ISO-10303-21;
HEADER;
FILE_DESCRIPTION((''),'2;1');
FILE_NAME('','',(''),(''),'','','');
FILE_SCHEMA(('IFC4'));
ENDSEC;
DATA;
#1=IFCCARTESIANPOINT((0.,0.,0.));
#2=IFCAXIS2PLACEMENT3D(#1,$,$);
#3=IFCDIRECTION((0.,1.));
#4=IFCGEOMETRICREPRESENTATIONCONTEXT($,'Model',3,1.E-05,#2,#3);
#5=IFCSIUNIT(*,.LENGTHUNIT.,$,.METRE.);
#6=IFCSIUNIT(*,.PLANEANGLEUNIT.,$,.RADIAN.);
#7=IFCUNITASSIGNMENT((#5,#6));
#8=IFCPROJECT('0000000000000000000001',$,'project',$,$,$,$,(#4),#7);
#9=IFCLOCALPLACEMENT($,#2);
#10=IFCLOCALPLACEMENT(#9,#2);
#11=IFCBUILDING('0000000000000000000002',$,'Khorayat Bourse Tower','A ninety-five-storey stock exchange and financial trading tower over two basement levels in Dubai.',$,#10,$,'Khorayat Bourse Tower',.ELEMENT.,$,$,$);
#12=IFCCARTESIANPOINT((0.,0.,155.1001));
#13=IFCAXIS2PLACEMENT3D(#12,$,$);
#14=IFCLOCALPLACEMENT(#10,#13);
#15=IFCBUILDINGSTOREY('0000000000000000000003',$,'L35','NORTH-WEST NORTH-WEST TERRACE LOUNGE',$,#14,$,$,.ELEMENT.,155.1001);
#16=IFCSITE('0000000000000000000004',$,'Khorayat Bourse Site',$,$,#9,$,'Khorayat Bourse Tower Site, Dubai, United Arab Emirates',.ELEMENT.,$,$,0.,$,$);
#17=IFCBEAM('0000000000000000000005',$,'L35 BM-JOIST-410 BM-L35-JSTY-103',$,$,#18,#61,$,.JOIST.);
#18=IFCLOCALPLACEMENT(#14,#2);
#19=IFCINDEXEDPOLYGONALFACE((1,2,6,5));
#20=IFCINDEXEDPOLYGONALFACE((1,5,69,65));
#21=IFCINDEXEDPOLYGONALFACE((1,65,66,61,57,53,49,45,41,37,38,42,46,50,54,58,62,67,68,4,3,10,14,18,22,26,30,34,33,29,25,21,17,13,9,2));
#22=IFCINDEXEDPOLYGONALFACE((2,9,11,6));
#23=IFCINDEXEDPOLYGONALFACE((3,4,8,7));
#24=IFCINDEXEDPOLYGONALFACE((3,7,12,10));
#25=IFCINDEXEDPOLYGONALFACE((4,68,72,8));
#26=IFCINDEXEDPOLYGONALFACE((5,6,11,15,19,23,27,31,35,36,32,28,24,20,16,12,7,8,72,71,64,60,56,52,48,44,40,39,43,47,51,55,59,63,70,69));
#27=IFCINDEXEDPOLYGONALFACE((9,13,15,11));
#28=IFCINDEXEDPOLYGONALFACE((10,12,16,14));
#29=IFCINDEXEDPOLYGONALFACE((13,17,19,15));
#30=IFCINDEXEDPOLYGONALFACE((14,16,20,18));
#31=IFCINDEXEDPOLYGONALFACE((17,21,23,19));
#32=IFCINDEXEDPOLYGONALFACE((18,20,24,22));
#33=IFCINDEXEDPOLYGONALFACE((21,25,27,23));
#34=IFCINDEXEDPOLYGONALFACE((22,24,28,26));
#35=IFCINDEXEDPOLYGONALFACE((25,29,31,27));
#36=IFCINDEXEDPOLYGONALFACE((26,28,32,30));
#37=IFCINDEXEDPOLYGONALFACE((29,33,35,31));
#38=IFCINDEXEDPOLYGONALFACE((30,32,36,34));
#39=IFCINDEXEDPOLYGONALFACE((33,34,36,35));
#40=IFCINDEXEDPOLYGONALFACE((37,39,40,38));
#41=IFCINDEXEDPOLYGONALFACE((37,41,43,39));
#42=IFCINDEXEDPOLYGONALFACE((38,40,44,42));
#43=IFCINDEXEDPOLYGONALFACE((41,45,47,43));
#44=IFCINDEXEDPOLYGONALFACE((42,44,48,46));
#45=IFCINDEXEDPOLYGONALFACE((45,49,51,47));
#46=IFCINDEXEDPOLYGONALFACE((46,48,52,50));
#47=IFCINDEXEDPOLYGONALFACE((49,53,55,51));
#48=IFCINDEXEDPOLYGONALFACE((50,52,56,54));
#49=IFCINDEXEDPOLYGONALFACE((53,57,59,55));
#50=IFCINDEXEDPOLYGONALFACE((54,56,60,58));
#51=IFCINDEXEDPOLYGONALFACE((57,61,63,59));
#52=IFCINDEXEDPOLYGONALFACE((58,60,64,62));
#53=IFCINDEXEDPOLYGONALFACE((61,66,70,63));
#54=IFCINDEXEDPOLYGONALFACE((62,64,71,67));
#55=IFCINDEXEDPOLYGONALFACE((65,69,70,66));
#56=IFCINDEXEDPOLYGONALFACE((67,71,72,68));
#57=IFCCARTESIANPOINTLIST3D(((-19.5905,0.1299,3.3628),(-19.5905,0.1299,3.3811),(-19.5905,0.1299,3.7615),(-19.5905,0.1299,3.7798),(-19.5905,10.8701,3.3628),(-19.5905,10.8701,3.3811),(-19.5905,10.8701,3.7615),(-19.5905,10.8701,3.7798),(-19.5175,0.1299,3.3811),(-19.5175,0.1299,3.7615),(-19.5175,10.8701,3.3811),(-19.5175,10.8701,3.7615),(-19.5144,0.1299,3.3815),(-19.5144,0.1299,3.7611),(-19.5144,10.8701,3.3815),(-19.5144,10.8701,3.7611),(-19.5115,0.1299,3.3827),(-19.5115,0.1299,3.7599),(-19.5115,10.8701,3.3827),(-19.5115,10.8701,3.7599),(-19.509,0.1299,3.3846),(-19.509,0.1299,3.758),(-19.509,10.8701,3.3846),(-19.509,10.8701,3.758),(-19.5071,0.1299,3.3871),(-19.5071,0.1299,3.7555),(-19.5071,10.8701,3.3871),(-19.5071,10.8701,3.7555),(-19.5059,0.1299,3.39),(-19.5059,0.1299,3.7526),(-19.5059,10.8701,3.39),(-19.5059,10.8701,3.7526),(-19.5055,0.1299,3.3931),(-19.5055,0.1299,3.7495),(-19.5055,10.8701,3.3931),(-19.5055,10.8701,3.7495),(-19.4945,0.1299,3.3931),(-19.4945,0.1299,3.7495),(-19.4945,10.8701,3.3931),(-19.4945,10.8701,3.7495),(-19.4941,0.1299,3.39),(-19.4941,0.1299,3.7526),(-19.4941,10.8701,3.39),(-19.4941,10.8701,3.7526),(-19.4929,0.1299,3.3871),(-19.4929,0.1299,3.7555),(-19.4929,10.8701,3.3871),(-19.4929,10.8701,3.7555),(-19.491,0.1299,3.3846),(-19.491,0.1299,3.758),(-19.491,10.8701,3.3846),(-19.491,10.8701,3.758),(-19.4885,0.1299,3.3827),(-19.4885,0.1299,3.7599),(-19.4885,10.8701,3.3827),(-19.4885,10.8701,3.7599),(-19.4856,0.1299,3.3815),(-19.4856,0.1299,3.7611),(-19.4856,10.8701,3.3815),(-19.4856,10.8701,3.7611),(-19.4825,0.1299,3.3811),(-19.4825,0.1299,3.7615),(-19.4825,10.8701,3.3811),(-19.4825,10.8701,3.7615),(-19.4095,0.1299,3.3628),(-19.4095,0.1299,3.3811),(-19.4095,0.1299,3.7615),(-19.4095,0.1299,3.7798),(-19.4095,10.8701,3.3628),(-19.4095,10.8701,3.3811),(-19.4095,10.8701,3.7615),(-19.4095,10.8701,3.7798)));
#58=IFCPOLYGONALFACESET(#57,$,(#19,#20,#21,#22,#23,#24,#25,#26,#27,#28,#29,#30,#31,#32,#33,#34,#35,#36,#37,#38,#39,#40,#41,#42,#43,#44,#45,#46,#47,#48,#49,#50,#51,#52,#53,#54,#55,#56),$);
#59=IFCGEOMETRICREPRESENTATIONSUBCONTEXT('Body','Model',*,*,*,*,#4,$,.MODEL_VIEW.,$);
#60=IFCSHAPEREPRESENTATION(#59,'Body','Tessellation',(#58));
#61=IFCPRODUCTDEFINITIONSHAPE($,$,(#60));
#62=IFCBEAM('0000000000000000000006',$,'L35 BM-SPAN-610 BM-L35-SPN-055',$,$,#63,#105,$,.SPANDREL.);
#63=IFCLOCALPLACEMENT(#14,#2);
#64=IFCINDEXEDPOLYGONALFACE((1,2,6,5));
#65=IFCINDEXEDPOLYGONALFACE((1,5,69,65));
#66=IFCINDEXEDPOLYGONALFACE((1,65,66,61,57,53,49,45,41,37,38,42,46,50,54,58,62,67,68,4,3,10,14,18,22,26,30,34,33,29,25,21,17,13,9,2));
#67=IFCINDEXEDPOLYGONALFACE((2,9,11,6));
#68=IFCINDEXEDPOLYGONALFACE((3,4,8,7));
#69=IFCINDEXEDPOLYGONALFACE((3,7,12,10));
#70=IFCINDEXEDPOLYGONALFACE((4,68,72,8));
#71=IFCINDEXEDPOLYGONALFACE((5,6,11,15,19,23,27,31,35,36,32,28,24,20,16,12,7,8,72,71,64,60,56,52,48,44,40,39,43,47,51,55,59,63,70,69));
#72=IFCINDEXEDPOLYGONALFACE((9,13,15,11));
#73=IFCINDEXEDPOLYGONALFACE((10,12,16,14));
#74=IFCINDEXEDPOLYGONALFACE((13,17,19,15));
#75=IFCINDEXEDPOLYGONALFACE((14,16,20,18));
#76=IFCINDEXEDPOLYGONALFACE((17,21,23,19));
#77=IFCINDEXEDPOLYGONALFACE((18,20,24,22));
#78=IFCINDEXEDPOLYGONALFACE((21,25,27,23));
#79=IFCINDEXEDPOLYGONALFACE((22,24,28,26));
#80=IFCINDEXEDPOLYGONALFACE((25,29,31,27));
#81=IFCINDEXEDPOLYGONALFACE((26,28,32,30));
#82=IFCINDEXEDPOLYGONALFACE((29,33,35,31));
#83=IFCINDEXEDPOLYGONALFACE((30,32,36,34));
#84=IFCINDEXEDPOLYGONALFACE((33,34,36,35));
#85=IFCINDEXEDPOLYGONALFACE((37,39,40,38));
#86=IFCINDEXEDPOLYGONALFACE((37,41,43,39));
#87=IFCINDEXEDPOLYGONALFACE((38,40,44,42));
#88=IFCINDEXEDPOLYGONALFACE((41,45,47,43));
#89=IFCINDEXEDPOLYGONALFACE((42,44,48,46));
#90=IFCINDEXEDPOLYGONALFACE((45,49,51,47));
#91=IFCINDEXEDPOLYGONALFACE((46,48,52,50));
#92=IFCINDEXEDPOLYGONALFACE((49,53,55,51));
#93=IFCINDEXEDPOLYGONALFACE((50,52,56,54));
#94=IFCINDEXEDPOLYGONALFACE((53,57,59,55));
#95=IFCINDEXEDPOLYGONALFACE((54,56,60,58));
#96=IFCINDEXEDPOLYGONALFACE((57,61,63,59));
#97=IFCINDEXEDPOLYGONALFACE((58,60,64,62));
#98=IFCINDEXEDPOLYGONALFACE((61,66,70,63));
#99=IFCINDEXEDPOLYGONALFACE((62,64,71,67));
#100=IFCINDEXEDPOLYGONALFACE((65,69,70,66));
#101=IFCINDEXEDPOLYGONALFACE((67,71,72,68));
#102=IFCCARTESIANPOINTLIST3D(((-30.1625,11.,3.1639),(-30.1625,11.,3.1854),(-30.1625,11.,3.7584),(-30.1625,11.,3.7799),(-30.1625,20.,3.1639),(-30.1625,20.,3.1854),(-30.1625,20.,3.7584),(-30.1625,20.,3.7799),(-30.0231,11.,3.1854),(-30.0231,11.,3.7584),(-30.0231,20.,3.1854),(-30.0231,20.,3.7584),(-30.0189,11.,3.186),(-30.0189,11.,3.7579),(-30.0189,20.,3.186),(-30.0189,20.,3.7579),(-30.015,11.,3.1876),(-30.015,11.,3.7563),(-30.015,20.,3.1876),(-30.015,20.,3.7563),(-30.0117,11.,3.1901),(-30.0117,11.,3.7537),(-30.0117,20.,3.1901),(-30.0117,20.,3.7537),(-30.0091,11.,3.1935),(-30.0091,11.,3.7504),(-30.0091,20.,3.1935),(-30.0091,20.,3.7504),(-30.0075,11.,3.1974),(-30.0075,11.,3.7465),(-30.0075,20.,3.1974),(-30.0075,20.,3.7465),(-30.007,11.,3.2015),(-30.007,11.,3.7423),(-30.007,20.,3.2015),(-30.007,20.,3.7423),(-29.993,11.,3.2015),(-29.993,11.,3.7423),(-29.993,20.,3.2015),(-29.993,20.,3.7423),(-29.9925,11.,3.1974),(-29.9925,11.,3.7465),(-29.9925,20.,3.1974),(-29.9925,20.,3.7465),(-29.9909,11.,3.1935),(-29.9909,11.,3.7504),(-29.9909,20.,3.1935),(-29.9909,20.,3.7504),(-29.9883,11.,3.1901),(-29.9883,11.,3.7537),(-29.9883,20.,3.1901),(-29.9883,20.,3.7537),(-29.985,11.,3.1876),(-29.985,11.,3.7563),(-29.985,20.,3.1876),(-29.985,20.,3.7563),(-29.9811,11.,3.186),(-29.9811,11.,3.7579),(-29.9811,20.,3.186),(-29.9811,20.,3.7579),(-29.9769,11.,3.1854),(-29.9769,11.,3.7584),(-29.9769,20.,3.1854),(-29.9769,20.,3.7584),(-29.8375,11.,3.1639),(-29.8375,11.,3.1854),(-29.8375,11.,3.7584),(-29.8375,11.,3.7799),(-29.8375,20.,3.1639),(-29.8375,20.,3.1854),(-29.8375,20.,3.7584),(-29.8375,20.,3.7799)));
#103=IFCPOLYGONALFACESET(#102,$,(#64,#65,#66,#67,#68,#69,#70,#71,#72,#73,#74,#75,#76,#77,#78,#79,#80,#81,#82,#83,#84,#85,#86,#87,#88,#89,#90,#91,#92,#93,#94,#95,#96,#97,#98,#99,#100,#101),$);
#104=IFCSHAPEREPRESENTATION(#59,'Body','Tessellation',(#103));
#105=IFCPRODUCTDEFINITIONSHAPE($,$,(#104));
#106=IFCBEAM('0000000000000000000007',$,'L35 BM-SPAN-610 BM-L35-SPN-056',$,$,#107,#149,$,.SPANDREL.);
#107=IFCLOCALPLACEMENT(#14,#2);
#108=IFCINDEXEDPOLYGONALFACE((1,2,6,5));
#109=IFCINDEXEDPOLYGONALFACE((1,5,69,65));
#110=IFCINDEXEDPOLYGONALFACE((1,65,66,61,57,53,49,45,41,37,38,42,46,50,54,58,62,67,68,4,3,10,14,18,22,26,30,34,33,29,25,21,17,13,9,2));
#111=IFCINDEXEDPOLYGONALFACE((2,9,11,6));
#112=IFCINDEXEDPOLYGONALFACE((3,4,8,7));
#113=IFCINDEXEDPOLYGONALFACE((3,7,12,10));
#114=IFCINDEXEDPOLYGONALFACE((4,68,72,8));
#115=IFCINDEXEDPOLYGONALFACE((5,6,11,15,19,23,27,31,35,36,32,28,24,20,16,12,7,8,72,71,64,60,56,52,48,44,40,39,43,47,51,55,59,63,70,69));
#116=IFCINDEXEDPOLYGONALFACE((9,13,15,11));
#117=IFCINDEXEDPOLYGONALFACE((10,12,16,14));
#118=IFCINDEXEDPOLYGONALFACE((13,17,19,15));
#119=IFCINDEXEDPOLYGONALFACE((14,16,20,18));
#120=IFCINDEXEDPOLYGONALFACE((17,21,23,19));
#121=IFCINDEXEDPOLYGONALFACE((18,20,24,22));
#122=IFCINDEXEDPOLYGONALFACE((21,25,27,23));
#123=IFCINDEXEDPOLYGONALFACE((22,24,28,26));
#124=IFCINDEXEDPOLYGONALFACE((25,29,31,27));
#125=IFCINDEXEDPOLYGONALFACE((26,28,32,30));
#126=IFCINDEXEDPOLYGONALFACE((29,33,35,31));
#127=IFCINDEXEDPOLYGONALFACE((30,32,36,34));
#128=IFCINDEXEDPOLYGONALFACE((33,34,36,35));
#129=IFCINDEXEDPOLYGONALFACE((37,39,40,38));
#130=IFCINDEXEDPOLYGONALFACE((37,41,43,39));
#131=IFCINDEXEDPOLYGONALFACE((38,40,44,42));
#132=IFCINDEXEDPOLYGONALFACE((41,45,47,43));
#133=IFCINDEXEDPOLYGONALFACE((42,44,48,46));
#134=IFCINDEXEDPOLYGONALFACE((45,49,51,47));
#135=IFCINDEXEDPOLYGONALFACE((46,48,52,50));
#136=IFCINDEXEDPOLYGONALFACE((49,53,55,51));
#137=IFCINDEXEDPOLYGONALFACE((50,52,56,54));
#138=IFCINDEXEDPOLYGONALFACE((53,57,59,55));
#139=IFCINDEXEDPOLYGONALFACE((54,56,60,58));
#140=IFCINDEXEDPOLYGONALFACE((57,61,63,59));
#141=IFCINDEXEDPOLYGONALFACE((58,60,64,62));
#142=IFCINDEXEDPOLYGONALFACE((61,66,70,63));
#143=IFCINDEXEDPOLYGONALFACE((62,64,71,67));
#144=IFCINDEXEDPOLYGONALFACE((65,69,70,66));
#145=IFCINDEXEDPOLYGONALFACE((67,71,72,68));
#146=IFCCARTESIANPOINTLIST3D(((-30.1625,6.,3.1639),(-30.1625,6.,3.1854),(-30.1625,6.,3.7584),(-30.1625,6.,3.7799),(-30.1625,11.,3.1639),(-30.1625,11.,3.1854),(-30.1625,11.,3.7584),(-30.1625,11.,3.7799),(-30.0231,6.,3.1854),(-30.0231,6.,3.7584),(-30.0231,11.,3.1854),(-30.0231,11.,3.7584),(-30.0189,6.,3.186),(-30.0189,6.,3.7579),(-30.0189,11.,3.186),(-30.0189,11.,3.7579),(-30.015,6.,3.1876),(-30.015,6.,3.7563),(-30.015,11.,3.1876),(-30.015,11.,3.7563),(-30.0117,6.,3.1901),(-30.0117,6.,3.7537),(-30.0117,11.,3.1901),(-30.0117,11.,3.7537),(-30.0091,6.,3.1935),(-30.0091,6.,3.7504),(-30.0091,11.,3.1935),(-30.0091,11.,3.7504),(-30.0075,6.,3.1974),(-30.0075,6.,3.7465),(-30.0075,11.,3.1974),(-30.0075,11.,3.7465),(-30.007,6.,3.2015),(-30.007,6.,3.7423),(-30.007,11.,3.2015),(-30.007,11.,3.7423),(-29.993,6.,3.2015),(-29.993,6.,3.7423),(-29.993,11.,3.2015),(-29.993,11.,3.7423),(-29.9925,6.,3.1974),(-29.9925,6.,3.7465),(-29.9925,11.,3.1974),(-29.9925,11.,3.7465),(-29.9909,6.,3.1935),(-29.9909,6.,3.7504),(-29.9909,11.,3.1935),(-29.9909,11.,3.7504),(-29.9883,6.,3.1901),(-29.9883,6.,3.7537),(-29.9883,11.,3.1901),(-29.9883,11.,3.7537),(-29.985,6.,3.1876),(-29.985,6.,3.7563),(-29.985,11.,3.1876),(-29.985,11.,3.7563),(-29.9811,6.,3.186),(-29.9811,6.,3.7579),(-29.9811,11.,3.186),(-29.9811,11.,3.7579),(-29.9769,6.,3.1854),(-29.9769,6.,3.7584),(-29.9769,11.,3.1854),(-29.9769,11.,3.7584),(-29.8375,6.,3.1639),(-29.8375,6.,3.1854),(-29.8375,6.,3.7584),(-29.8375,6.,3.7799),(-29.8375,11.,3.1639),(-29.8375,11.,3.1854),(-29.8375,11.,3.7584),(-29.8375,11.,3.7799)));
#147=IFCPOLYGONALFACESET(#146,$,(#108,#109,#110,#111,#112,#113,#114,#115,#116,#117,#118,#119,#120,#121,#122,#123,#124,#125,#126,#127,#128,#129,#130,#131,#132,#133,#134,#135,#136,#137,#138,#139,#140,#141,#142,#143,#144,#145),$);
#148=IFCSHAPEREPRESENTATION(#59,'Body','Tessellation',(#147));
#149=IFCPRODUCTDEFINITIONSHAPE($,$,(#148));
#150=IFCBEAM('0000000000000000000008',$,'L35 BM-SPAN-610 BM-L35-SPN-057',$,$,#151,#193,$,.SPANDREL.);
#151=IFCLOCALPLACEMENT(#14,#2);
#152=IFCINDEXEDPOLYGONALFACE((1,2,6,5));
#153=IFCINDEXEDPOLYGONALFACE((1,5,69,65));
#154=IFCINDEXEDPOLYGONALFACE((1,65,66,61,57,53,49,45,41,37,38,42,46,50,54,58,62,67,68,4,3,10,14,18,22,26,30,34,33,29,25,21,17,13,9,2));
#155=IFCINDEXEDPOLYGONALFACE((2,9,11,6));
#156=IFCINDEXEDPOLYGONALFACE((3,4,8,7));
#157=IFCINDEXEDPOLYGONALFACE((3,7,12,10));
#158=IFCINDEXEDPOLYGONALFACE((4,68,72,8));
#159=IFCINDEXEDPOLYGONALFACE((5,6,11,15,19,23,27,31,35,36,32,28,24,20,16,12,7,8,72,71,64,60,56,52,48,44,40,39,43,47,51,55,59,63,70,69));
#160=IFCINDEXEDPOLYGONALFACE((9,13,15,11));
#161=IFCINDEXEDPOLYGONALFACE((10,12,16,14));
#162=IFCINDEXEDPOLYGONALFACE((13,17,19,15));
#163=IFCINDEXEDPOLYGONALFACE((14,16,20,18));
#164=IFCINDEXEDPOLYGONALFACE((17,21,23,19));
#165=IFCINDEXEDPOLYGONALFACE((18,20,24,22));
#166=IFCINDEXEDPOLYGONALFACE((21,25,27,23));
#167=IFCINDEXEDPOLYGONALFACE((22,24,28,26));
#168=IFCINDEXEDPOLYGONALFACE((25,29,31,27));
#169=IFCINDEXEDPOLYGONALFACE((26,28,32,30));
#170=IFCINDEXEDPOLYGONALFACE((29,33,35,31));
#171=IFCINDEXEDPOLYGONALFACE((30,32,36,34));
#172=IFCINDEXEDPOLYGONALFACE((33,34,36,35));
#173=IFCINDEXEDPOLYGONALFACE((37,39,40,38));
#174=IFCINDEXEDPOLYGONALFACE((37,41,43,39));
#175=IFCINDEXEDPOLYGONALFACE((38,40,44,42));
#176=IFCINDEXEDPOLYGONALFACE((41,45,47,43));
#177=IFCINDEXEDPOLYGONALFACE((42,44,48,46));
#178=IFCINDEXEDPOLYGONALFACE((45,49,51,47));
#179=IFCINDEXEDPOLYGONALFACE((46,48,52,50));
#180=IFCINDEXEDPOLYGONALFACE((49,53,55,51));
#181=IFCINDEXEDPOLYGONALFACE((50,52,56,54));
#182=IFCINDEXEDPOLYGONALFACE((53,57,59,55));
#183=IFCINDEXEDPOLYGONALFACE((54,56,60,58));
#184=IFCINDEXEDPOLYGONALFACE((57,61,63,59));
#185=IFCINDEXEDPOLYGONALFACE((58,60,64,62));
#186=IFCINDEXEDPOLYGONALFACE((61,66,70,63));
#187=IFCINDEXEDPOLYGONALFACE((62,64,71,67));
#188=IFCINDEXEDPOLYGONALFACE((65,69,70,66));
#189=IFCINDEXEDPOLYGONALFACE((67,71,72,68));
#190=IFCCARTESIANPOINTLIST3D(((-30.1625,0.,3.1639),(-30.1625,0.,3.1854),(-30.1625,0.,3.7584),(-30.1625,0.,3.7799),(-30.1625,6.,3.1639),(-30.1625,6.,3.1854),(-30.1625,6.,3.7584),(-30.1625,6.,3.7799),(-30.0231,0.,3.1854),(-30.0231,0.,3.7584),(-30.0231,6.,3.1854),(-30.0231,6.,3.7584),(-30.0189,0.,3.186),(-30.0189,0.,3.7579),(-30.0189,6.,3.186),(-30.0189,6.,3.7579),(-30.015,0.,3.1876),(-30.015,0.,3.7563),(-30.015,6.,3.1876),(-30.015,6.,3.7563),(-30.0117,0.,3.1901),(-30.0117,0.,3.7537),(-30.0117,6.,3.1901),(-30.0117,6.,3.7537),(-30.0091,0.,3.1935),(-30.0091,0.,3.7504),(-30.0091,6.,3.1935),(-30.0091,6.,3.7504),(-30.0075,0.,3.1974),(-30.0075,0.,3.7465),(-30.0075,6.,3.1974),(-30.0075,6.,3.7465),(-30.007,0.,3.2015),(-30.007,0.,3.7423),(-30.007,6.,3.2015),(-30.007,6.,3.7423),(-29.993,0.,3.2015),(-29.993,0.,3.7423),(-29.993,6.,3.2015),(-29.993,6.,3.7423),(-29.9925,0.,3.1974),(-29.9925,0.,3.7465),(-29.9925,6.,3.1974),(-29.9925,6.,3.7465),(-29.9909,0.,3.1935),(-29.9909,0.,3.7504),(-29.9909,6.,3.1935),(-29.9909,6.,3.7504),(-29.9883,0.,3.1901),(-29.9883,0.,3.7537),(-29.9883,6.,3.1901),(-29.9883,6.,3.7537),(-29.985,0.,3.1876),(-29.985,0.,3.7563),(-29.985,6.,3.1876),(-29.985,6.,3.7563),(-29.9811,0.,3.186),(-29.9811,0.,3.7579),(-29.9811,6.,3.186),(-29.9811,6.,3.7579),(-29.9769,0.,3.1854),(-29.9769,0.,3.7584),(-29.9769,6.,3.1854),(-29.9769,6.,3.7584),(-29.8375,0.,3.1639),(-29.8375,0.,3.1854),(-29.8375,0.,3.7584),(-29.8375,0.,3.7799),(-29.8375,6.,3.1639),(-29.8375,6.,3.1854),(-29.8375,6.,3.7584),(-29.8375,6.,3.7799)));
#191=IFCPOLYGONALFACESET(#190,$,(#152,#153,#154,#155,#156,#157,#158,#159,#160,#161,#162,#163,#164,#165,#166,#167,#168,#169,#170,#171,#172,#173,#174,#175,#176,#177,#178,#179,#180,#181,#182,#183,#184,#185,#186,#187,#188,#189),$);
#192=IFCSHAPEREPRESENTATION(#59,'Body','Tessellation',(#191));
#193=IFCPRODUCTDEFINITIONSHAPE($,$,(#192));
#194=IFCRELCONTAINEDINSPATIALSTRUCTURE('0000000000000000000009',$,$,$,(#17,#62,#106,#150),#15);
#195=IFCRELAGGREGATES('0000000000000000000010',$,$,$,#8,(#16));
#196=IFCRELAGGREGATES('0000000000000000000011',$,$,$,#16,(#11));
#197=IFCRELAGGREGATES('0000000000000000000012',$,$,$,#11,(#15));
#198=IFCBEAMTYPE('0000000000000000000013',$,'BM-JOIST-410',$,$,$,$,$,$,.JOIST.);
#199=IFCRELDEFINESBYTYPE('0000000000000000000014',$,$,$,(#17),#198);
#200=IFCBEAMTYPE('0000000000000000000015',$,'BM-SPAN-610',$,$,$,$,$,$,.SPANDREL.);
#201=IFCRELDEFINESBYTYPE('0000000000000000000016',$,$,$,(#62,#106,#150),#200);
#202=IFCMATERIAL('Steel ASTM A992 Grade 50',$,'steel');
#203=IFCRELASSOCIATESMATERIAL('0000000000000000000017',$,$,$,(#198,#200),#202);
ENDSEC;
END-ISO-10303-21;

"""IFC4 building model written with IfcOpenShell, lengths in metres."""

from ifc_helpers import new_model, si_unit, direction, frame, origin, origin_2d, place, context, subcontext, project, spatial, i_section, extrude, source, transform, mapped, material, material_profile, profile_set, type_object, element, save


model = new_model("IFC4")

# Units and contexts
model_context = context("Model", 3, precision=1e-05, world=origin(), true_north=direction((0.0, 1.0)))
body_context = subcontext(model_context, "Body", "Model", "MODEL_VIEW")
ifc_project = project(units=[si_unit("LENGTHUNIT", "METRE"), si_unit("PLANEANGLEUNIT", "RADIAN")], contexts=[model_context])

# Site, building, storey
site_placement = place(None, origin())
site = spatial("IfcSite", under=ifc_project, at=site_placement, Name="Khorayat Bourse Site", LongName="Khorayat Bourse Tower Site, Dubai, United Arab Emirates", CompositionType="ELEMENT", RefElevation=0.0)
building_placement = place(site_placement, origin())
building = spatial("IfcBuilding", under=site, at=building_placement, Name="Khorayat Bourse Tower", Description="A ninety-five-storey stock exchange and financial trading tower over two basement levels in Dubai.", LongName="Khorayat Bourse Tower", CompositionType="ELEMENT")
storey_placement = place(building_placement, frame((0.0, 0.0, 155.1001)))
storey = spatial("IfcBuildingStorey", under=building, at=storey_placement, Name="L35", Description="NORTH-WEST NORTH-WEST TERRACE LOUNGE", CompositionType="ELEMENT", Elevation=155.1001)

# Beams
ifc_material_1 = material(Name="Steel ASTM A992 Grade 50", Category="steel")
ifc_material_profile_1 = material_profile(ifc_material_1, i_section(OverallWidth=0.1809, OverallDepth=0.417, WebThickness=0.011, FlangeThickness=0.0183, FilletRadius=0.012, at=origin_2d()), Name="W410X85")
ifc_profile_set_1 = profile_set([ifc_material_profile_1], Name="Steel ASTM A992 Grade 50")
beam_type_1 = type_object("IfcBeamType", Name="BM-JOIST-410", PredefinedType="JOIST", material=ifc_profile_set_1)
shared_shape_1 = source(origin(), body_context, "Body", "SweptSolid", [
    extrude(i_section(OverallWidth=0.1809, OverallDepth=0.417, WebThickness=0.011, FlangeThickness=0.0183, FilletRadius=0.012, at=origin_2d()), origin(), (0.0, 0.0, 1.0), 10.7402),
])
beam_1_placement = place(storey_placement, frame((-19.5, 0.1299, 3.5713), z_axis=(0.0, 1.0, 0.0), x_axis=(-1.0, 0.0, 0.0)))
element("IfcBeam", 1, at=beam_1_placement, inside=storey, type_object=beam_type_1, Name="L35 BM-JOIST-410 BM-L35-JSTY-103", PredefinedType="JOIST", context=body_context, shape_type="MappedRepresentation", body=[
    mapped(shared_shape_1, transform((0.0, 0.0, 0.0), scale=1.0)),
])
ifc_material_profile_2 = material_profile(ifc_material_1, i_section(OverallWidth=0.325, OverallDepth=0.616, WebThickness=0.0139, FlangeThickness=0.0215, FilletRadius=0.0161, at=origin_2d()), Name="W610X174")
ifc_profile_set_2 = profile_set([ifc_material_profile_2], Name="Steel ASTM A992 Grade 50")
beam_type_2 = type_object("IfcBeamType", Name="BM-SPAN-610", PredefinedType="SPANDREL", material=ifc_profile_set_2)
shared_shape_2 = source(origin(), body_context, "Body", "SweptSolid", [
    extrude(i_section(OverallWidth=0.325, OverallDepth=0.616, WebThickness=0.0139, FlangeThickness=0.0215, FilletRadius=0.0161, at=origin_2d()), origin(), (0.0, 0.0, 1.0), 9.0),
])
beam_2_placement = place(storey_placement, frame((-30.0, 11.0, 3.4719), z_axis=(0.0, 1.0, 0.0), x_axis=(-1.0, 0.0, 0.0)))
element("IfcBeam", 2, at=beam_2_placement, inside=storey, type_object=beam_type_2, Name="L35 BM-SPAN-610 BM-L35-SPN-055", PredefinedType="SPANDREL", context=body_context, shape_type="MappedRepresentation", body=[
    mapped(shared_shape_2, transform((0.0, 0.0, 0.0), scale=1.0)),
])
shared_shape_3 = source(origin(), body_context, "Body", "SweptSolid", [
    extrude(i_section(OverallWidth=0.325, OverallDepth=0.616, WebThickness=0.0139, FlangeThickness=0.0215, FilletRadius=0.0161, at=origin_2d()), origin(), (0.0, 0.0, 1.0), 5.0),
])
beam_3_placement = place(storey_placement, frame((-30.0, 6.0, 3.4719), z_axis=(0.0, 1.0, 0.0), x_axis=(-1.0, 0.0, 0.0)))
element("IfcBeam", 3, at=beam_3_placement, inside=storey, type_object=beam_type_2, Name="L35 BM-SPAN-610 BM-L35-SPN-056", PredefinedType="SPANDREL", context=body_context, shape_type="MappedRepresentation", body=[
    mapped(shared_shape_3, transform((0.0, 0.0, 0.0), scale=1.0)),
])
shared_shape_4 = source(origin(), body_context, "Body", "SweptSolid", [
    extrude(i_section(OverallWidth=0.325, OverallDepth=0.616, WebThickness=0.0139, FlangeThickness=0.0215, FilletRadius=0.0161, at=origin_2d()), origin(), (0.0, 0.0, 1.0), 6.0),
])
beam_4_placement = place(storey_placement, frame((-30.0, 0.0, 3.4719), z_axis=(0.0, 1.0, 0.0), x_axis=(-1.0, 0.0, 0.0)))
element("IfcBeam", 4, at=beam_4_placement, inside=storey, type_object=beam_type_2, Name="L35 BM-SPAN-610 BM-L35-SPN-057", PredefinedType="SPANDREL", context=body_context, shape_type="MappedRepresentation", body=[
    mapped(shared_shape_4, transform((0.0, 0.0, 0.0), scale=1.0)),
])

save(model, "model.ifc")
